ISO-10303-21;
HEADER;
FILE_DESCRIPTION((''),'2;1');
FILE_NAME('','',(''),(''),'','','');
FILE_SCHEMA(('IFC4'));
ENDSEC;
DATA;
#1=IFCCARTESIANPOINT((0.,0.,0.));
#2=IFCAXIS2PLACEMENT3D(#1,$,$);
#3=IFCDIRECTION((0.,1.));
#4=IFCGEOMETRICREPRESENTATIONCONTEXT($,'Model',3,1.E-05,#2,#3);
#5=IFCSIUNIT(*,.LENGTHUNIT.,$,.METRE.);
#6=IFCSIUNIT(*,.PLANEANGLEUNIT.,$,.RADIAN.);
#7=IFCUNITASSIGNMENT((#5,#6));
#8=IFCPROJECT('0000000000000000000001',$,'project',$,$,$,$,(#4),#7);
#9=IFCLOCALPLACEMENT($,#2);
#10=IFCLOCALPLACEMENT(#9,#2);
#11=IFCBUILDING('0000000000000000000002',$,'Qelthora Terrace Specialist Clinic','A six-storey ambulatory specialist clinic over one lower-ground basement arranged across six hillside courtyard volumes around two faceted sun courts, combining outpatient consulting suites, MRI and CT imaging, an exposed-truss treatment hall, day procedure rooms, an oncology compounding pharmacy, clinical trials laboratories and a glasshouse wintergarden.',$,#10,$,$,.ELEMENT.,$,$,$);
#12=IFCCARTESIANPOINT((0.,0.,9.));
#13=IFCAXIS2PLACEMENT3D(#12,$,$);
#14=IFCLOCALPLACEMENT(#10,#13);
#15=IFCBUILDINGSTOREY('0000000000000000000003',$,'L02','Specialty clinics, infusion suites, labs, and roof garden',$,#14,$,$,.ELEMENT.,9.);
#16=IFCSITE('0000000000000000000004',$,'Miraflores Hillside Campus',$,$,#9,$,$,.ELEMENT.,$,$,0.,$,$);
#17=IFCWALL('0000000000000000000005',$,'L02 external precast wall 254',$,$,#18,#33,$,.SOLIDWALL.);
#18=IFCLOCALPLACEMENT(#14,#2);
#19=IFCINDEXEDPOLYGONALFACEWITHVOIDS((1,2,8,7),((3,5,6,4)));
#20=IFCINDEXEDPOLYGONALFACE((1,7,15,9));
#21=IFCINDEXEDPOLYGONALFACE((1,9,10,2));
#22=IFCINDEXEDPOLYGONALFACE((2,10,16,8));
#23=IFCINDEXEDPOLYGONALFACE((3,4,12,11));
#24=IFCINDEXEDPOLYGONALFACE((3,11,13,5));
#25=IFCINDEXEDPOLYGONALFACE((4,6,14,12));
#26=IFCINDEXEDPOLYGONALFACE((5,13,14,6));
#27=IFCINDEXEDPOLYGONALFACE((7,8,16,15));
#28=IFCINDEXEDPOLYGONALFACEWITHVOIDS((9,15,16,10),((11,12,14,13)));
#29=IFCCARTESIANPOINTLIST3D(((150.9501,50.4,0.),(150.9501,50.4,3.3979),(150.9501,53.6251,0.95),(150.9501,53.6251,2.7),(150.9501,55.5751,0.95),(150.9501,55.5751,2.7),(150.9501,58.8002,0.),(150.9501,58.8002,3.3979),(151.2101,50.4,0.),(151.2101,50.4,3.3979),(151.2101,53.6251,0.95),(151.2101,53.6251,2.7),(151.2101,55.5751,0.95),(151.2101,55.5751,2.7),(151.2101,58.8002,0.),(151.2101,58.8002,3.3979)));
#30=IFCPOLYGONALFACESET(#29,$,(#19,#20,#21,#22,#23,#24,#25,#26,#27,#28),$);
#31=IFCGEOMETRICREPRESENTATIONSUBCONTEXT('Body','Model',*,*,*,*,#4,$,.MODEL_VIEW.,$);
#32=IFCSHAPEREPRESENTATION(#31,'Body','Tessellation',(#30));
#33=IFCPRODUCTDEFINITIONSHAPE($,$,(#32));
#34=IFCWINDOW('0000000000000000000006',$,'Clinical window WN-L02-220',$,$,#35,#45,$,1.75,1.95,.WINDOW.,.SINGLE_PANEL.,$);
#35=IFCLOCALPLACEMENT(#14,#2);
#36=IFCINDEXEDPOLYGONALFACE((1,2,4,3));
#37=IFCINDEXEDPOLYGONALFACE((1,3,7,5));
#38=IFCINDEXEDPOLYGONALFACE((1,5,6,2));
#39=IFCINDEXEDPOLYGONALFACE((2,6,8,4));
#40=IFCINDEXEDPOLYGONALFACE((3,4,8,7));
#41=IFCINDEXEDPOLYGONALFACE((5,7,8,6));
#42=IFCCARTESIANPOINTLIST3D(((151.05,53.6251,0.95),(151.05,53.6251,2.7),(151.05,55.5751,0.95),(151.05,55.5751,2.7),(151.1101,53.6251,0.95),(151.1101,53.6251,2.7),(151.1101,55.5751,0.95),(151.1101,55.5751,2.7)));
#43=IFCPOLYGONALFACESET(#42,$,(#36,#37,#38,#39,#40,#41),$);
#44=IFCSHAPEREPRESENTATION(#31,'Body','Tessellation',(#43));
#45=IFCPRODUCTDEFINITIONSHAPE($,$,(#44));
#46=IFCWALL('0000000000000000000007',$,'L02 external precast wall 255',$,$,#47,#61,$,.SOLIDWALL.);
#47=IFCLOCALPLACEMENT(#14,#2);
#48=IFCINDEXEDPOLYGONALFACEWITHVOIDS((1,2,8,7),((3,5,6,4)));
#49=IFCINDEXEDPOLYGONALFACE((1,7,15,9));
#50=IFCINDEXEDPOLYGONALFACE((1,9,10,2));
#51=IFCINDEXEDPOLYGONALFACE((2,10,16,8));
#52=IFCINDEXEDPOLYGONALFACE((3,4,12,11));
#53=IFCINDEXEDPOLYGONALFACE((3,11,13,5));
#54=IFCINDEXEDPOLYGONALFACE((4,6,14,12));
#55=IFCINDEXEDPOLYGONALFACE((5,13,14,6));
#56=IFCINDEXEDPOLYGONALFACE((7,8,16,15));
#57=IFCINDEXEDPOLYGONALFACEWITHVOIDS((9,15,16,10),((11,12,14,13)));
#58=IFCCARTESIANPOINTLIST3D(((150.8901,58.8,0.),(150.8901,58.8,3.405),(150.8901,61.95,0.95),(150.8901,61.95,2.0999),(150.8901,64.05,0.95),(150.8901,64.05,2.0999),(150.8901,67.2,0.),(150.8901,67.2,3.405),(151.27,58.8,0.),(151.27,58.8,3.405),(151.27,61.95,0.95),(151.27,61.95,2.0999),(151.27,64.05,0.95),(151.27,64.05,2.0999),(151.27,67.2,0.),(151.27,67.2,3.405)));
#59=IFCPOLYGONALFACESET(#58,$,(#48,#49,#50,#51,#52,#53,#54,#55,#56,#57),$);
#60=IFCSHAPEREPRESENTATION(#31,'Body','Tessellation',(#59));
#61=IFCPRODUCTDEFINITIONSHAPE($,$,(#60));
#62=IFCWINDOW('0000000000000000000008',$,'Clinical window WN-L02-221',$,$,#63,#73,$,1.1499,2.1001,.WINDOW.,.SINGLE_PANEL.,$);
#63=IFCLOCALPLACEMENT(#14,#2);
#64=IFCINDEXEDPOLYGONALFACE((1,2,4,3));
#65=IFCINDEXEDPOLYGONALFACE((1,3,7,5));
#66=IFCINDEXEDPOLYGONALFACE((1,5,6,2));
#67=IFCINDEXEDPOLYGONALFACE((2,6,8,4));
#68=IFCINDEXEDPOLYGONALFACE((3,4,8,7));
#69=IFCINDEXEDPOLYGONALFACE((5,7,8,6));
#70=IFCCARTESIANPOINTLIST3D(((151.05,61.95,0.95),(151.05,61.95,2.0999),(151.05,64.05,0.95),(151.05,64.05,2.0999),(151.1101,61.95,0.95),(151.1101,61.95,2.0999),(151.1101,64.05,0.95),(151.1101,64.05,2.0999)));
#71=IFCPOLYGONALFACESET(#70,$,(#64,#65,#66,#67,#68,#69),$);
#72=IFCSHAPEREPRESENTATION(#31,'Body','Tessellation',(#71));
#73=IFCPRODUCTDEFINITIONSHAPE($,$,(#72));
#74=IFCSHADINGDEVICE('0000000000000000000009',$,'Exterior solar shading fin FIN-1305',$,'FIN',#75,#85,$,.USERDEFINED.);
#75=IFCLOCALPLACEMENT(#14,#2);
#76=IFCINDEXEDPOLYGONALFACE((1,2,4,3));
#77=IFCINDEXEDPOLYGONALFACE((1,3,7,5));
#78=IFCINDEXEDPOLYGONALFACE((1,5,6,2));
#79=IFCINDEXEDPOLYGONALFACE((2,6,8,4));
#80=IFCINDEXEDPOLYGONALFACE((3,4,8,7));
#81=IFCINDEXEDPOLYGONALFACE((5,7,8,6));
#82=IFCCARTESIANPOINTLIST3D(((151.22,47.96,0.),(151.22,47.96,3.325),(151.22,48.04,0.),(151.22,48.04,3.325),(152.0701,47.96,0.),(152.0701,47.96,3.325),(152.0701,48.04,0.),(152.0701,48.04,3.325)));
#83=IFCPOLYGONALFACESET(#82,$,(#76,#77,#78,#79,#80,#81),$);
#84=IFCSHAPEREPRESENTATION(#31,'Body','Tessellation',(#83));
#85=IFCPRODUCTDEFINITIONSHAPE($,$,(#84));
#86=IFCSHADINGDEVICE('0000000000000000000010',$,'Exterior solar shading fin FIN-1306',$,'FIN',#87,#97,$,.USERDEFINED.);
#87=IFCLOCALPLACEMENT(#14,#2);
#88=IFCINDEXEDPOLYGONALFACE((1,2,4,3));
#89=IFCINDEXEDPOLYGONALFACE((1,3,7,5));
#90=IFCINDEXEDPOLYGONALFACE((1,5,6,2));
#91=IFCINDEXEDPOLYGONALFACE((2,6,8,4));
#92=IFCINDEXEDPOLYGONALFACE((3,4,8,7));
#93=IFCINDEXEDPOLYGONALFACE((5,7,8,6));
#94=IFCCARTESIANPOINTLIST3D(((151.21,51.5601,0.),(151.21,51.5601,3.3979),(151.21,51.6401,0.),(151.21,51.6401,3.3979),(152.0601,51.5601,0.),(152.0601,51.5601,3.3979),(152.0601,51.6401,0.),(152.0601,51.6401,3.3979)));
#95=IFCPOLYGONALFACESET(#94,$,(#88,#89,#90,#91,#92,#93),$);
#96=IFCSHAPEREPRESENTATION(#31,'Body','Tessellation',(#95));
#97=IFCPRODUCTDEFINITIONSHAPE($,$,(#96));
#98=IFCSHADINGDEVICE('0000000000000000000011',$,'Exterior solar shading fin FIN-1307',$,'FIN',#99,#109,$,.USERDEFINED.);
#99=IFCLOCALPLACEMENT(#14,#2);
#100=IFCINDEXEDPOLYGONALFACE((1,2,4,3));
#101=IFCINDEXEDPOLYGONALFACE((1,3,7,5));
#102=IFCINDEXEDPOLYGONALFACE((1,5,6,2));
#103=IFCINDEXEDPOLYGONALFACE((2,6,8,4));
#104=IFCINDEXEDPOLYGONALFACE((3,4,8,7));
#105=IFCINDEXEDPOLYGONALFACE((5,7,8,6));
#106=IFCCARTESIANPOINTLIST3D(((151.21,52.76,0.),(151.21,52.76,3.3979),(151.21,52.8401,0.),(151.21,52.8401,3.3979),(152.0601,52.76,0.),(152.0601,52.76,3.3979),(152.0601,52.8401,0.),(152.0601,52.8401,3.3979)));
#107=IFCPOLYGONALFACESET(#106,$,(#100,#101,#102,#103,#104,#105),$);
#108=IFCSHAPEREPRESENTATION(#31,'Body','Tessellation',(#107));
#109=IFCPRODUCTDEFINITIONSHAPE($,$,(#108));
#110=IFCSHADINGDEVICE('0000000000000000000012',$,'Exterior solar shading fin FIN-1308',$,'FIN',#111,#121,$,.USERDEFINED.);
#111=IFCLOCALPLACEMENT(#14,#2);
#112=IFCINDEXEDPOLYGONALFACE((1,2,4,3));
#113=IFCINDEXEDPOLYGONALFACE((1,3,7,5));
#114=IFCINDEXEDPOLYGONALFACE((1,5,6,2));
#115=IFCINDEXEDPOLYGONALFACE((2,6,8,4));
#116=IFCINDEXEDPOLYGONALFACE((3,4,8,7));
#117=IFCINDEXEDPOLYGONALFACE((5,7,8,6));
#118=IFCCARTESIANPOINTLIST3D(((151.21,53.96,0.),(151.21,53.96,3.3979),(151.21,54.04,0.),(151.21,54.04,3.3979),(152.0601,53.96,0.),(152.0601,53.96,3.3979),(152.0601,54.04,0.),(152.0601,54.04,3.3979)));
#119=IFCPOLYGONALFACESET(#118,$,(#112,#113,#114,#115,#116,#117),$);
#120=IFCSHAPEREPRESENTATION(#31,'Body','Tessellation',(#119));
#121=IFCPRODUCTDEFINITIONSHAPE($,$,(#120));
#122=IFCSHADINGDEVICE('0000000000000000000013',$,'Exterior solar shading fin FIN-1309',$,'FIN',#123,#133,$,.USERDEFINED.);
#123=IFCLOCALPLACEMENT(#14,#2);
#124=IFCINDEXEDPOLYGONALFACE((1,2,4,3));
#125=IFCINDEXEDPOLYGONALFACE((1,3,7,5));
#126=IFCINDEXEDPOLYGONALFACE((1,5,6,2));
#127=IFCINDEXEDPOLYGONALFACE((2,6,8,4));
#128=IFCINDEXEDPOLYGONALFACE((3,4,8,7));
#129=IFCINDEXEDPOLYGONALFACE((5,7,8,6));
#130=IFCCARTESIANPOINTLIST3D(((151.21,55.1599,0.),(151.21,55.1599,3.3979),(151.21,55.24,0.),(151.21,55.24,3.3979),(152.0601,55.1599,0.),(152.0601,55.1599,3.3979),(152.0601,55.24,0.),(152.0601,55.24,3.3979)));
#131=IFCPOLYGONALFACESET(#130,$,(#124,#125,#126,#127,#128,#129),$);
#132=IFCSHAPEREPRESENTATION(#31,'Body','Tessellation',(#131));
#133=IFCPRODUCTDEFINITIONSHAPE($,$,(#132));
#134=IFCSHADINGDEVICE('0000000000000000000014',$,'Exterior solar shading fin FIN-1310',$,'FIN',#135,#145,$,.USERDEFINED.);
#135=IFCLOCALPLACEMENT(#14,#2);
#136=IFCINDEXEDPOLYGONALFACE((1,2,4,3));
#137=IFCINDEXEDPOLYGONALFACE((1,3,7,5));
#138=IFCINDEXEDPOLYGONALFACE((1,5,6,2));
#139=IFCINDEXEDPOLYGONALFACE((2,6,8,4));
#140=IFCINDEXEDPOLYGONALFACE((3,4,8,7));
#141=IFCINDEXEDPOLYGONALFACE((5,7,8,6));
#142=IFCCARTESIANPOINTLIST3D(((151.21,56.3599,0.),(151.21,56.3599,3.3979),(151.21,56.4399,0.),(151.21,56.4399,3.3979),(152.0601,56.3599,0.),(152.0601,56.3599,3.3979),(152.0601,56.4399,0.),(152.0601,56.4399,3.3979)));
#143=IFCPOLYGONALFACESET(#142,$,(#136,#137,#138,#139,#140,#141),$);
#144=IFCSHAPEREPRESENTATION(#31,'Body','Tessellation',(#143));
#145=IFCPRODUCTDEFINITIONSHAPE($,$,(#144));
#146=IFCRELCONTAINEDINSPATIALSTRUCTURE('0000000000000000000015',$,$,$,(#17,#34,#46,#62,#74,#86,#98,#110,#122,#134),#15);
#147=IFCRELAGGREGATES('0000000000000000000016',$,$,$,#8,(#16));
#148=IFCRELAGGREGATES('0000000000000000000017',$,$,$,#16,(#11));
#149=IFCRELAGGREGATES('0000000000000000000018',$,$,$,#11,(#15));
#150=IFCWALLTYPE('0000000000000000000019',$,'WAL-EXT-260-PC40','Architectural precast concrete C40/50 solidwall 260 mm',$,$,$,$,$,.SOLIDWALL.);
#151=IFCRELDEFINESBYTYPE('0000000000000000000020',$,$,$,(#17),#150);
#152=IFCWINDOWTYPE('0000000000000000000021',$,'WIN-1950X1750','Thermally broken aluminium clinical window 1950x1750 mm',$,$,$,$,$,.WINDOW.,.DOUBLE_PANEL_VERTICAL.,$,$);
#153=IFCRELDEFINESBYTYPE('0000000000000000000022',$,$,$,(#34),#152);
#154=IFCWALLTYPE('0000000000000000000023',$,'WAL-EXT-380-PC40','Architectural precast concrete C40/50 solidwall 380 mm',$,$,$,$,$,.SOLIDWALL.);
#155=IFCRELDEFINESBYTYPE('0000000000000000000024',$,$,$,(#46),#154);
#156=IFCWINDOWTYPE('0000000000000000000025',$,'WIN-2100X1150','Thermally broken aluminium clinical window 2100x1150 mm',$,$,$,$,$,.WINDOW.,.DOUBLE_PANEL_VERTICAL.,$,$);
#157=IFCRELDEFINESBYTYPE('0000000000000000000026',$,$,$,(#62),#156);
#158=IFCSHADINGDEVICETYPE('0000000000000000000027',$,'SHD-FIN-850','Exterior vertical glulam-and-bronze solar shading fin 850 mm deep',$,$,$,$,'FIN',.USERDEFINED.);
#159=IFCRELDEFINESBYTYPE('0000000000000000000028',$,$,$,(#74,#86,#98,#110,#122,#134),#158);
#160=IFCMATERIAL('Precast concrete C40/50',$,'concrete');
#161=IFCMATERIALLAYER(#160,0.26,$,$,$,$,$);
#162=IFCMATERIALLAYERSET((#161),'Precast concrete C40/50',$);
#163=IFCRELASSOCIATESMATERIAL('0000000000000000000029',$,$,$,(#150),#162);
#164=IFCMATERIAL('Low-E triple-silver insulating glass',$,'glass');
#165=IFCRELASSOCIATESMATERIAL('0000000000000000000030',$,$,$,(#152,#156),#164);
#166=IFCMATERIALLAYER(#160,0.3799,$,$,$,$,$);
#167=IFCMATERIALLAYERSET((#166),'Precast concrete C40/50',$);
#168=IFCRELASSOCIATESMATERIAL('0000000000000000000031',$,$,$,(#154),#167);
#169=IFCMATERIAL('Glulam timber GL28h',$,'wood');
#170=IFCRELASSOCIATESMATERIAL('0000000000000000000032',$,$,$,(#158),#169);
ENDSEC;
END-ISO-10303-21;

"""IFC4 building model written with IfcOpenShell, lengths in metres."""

from ifc_helpers import new_model, si_unit, direction, frame, frame_2d, origin, origin_2d, place, context, subcontext, project, spatial, rectangle, extrude, material, layer, layer_set, type_object, element, fill, save


model = new_model("IFC4")

# Units and contexts
model_context = context("Model", 3, precision=1e-05, world=origin(), true_north=direction((0.0, 1.0)))
body_context = subcontext(model_context, "Body", "Model", "MODEL_VIEW")
ifc_project = project(units=[si_unit("LENGTHUNIT", "METRE"), si_unit("PLANEANGLEUNIT", "RADIAN")], contexts=[model_context])

# Site, building, storey
site_placement = place(None, origin())
site = spatial("IfcSite", under=ifc_project, at=site_placement, Name="Miraflores Hillside Campus", CompositionType="ELEMENT", RefElevation=0.0)
building_placement = place(site_placement, origin())
building = spatial("IfcBuilding", under=site, at=building_placement, Name="Qelthora Terrace Specialist Clinic", Description="A six-storey ambulatory specialist clinic over one lower-ground basement arranged across six hillside courtyard volumes around two faceted sun courts, combining outpatient consulting suites, MRI and CT imaging, an exposed-truss treatment hall, day procedure rooms, an oncology compounding pharmacy, clinical trials laboratories and a glasshouse wintergarden.", CompositionType="ELEMENT")
storey_placement = place(building_placement, frame((0.0, 0.0, 9.0)))
storey = spatial("IfcBuildingStorey", under=building, at=storey_placement, Name="L02", Description="Specialty clinics, infusion suites, labs, and roof garden", CompositionType="ELEMENT", Elevation=9.0)

# Walls, openings, windows
ifc_material_1 = material(Name="Precast concrete C40/50", Category="concrete")
ifc_layer_1 = layer(ifc_material_1, 0.26)
ifc_layer_set_1 = layer_set([ifc_layer_1], Name="Precast concrete C40/50")
wall_type_1 = type_object("IfcWallType", Name="WAL-EXT-260-PC40", Description="Architectural precast concrete C40/50 solidwall 260 mm", PredefinedType="SOLIDWALL", material=ifc_layer_set_1)
wall_1_placement = place(storey_placement, frame((151.0801, 50.3999, 0.0), z_axis=(0.0, 0.0, 1.0), x_axis=(0.0, 1.0, 0.0)))
wall_1 = element("IfcWall", 1, at=wall_1_placement, inside=storey, type_object=wall_type_1, Name="L02 external precast wall 254", PredefinedType="SOLIDWALL", context=body_context, shape_type="SweptSolid", body=[
    extrude(rectangle(XDim=8.4001, YDim=0.26, at=frame_2d((4.2002, 0.0))), origin(), (0.0, 0.0, 1.0), 3.3979),
])
opening_1_placement = place(wall_1_placement, frame((3.2251, 0.0, 0.95)))
opening_1 = element("IfcOpeningElement", 2, at=opening_1_placement, cuts=wall_1, PredefinedType="OPENING", context=body_context, shape_type="SweptSolid", body=[
    extrude(rectangle(XDim=1.95, YDim=1.75, at=frame_2d((0.9751, 0.875))), frame((0.0, 0.1399, 0.0), z_axis=(0.0, -1.0, 0.0), x_axis=(1.0, 0.0, 0.0)), (0.0, 0.0, 1.0), 0.28),
])
ifc_material_2 = material(Name="Low-E triple-silver insulating glass", Category="glass")
window_type_1 = type_object("IfcWindowType", Name="WIN-1950X1750", Description="Thermally broken aluminium clinical window 1950x1750 mm", PartitioningType="DOUBLE_PANEL_VERTICAL", PredefinedType="WINDOW", material=ifc_material_2)
window_1_placement = place(opening_1_placement, origin())
window_1 = element("IfcWindow", 3, at=window_1_placement, inside=storey, type_object=window_type_1, Name="Clinical window WN-L02-220", OverallHeight=1.75, OverallWidth=1.95, PartitioningType="SINGLE_PANEL", PredefinedType="WINDOW", context=body_context, shape_type="SweptSolid", body=[
    extrude(rectangle(XDim=1.95, YDim=1.75, at=frame_2d((0.9751, 0.875))), frame((0.0, 0.03, 0.0), z_axis=(0.0, -1.0, 0.0), x_axis=(1.0, 0.0, 0.0)), (0.0, 0.0, 1.0), 0.0601),
])
fill(opening_1, window_1)
ifc_layer_2 = layer(ifc_material_1, 0.3799)
ifc_layer_set_2 = layer_set([ifc_layer_2], Name="Precast concrete C40/50")
wall_type_2 = type_object("IfcWallType", Name="WAL-EXT-380-PC40", Description="Architectural precast concrete C40/50 solidwall 380 mm", PredefinedType="SOLIDWALL", material=ifc_layer_set_2)
wall_2_placement = place(storey_placement, frame((151.0801, 58.8, 0.0), z_axis=(0.0, 0.0, 1.0), x_axis=(0.0, 1.0, 0.0)))
wall_2 = element("IfcWall", 4, at=wall_2_placement, inside=storey, type_object=wall_type_2, Name="L02 external precast wall 255", PredefinedType="SOLIDWALL", context=body_context, shape_type="SweptSolid", body=[
    extrude(rectangle(XDim=8.3999, YDim=0.3799, at=frame_2d((4.2, 0.0))), origin(), (0.0, 0.0, 1.0), 3.405),
])
opening_2_placement = place(wall_2_placement, frame((3.1499, 0.0, 0.95)))
opening_2 = element("IfcOpeningElement", 5, at=opening_2_placement, cuts=wall_2, PredefinedType="OPENING", context=body_context, shape_type="SweptSolid", body=[
    extrude(rectangle(XDim=2.1001, YDim=1.1499, at=frame_2d((1.05, 0.575))), frame((0.0, 0.2, 0.0), z_axis=(0.0, -1.0, 0.0), x_axis=(1.0, 0.0, 0.0)), (0.0, 0.0, 1.0), 0.3999),
])
window_type_2 = type_object("IfcWindowType", Name="WIN-2100X1150", Description="Thermally broken aluminium clinical window 2100x1150 mm", PartitioningType="DOUBLE_PANEL_VERTICAL", PredefinedType="WINDOW", material=ifc_material_2)
window_2_placement = place(opening_2_placement, origin())
window_2 = element("IfcWindow", 6, at=window_2_placement, inside=storey, type_object=window_type_2, Name="Clinical window WN-L02-221", OverallHeight=1.1499, OverallWidth=2.1001, PartitioningType="SINGLE_PANEL", PredefinedType="WINDOW", context=body_context, shape_type="SweptSolid", body=[
    extrude(rectangle(XDim=2.1001, YDim=1.1499, at=frame_2d((1.05, 0.575))), frame((0.0, 0.03, 0.0), z_axis=(0.0, -1.0, 0.0), x_axis=(1.0, 0.0, 0.0)), (0.0, 0.0, 1.0), 0.0601),
])
fill(opening_2, window_2)

# Shading devices
ifc_material_3 = material(Name="Glulam timber GL28h", Category="wood")
shading_device_type = type_object("IfcShadingDeviceType", Name="SHD-FIN-850", Description="Exterior vertical glulam-and-bronze solar shading fin 850 mm deep", ElementType="FIN", PredefinedType="USERDEFINED", material=ifc_material_3)
shading_device_placement = place(storey_placement, frame((151.645, 48.0, 0.0), z_axis=(0.0, 0.0, 1.0), x_axis=(1.0, 0.0, 0.0)))
element("IfcShadingDevice", 7, at=shading_device_placement, inside=storey, type_object=shading_device_type, Name="Exterior solar shading fin FIN-1305", ObjectType="FIN", PredefinedType="USERDEFINED", context=body_context, shape_type="SweptSolid", body=[
    extrude(rectangle(XDim=0.8501, YDim=0.0801, at=origin_2d()), origin(), (0.0, 0.0, 1.0), 3.325),
])
for number, where, z_axis, x_axis, name in (
    (8, (151.635, 51.6001, 0.0), (0.0, 0.0, 1.0), (1.0, 0.0, 0.0), "Exterior solar shading fin FIN-1306"),
    (9, (151.635, 52.8, 0.0), (0.0, 0.0, 1.0), (1.0, 0.0, 0.0), "Exterior solar shading fin FIN-1307"),
    (10, (151.635, 54.0, 0.0), (0.0, 0.0, 1.0), (1.0, 0.0, 0.0), "Exterior solar shading fin FIN-1308"),
    (11, (151.635, 55.2, 0.0), (0.0, 0.0, 1.0), (1.0, 0.0, 0.0), "Exterior solar shading fin FIN-1309"),
    (12, (151.635, 56.3999, 0.0), (0.0, 0.0, 1.0), (1.0, 0.0, 0.0), "Exterior solar shading fin FIN-1310"),
):
    element("IfcShadingDevice", number, at=place(storey_placement, frame(where, z_axis=z_axis, x_axis=x_axis)), inside=storey, type_object=shading_device_type, Name=name, ObjectType="FIN", PredefinedType="USERDEFINED", context=body_context, shape_type="SweptSolid", body=[
        extrude(rectangle(XDim=0.8501, YDim=0.0801, at=origin_2d()), origin(), (0.0, 0.0, 1.0), 3.3979),
    ])

save(model, "model.ifc")
